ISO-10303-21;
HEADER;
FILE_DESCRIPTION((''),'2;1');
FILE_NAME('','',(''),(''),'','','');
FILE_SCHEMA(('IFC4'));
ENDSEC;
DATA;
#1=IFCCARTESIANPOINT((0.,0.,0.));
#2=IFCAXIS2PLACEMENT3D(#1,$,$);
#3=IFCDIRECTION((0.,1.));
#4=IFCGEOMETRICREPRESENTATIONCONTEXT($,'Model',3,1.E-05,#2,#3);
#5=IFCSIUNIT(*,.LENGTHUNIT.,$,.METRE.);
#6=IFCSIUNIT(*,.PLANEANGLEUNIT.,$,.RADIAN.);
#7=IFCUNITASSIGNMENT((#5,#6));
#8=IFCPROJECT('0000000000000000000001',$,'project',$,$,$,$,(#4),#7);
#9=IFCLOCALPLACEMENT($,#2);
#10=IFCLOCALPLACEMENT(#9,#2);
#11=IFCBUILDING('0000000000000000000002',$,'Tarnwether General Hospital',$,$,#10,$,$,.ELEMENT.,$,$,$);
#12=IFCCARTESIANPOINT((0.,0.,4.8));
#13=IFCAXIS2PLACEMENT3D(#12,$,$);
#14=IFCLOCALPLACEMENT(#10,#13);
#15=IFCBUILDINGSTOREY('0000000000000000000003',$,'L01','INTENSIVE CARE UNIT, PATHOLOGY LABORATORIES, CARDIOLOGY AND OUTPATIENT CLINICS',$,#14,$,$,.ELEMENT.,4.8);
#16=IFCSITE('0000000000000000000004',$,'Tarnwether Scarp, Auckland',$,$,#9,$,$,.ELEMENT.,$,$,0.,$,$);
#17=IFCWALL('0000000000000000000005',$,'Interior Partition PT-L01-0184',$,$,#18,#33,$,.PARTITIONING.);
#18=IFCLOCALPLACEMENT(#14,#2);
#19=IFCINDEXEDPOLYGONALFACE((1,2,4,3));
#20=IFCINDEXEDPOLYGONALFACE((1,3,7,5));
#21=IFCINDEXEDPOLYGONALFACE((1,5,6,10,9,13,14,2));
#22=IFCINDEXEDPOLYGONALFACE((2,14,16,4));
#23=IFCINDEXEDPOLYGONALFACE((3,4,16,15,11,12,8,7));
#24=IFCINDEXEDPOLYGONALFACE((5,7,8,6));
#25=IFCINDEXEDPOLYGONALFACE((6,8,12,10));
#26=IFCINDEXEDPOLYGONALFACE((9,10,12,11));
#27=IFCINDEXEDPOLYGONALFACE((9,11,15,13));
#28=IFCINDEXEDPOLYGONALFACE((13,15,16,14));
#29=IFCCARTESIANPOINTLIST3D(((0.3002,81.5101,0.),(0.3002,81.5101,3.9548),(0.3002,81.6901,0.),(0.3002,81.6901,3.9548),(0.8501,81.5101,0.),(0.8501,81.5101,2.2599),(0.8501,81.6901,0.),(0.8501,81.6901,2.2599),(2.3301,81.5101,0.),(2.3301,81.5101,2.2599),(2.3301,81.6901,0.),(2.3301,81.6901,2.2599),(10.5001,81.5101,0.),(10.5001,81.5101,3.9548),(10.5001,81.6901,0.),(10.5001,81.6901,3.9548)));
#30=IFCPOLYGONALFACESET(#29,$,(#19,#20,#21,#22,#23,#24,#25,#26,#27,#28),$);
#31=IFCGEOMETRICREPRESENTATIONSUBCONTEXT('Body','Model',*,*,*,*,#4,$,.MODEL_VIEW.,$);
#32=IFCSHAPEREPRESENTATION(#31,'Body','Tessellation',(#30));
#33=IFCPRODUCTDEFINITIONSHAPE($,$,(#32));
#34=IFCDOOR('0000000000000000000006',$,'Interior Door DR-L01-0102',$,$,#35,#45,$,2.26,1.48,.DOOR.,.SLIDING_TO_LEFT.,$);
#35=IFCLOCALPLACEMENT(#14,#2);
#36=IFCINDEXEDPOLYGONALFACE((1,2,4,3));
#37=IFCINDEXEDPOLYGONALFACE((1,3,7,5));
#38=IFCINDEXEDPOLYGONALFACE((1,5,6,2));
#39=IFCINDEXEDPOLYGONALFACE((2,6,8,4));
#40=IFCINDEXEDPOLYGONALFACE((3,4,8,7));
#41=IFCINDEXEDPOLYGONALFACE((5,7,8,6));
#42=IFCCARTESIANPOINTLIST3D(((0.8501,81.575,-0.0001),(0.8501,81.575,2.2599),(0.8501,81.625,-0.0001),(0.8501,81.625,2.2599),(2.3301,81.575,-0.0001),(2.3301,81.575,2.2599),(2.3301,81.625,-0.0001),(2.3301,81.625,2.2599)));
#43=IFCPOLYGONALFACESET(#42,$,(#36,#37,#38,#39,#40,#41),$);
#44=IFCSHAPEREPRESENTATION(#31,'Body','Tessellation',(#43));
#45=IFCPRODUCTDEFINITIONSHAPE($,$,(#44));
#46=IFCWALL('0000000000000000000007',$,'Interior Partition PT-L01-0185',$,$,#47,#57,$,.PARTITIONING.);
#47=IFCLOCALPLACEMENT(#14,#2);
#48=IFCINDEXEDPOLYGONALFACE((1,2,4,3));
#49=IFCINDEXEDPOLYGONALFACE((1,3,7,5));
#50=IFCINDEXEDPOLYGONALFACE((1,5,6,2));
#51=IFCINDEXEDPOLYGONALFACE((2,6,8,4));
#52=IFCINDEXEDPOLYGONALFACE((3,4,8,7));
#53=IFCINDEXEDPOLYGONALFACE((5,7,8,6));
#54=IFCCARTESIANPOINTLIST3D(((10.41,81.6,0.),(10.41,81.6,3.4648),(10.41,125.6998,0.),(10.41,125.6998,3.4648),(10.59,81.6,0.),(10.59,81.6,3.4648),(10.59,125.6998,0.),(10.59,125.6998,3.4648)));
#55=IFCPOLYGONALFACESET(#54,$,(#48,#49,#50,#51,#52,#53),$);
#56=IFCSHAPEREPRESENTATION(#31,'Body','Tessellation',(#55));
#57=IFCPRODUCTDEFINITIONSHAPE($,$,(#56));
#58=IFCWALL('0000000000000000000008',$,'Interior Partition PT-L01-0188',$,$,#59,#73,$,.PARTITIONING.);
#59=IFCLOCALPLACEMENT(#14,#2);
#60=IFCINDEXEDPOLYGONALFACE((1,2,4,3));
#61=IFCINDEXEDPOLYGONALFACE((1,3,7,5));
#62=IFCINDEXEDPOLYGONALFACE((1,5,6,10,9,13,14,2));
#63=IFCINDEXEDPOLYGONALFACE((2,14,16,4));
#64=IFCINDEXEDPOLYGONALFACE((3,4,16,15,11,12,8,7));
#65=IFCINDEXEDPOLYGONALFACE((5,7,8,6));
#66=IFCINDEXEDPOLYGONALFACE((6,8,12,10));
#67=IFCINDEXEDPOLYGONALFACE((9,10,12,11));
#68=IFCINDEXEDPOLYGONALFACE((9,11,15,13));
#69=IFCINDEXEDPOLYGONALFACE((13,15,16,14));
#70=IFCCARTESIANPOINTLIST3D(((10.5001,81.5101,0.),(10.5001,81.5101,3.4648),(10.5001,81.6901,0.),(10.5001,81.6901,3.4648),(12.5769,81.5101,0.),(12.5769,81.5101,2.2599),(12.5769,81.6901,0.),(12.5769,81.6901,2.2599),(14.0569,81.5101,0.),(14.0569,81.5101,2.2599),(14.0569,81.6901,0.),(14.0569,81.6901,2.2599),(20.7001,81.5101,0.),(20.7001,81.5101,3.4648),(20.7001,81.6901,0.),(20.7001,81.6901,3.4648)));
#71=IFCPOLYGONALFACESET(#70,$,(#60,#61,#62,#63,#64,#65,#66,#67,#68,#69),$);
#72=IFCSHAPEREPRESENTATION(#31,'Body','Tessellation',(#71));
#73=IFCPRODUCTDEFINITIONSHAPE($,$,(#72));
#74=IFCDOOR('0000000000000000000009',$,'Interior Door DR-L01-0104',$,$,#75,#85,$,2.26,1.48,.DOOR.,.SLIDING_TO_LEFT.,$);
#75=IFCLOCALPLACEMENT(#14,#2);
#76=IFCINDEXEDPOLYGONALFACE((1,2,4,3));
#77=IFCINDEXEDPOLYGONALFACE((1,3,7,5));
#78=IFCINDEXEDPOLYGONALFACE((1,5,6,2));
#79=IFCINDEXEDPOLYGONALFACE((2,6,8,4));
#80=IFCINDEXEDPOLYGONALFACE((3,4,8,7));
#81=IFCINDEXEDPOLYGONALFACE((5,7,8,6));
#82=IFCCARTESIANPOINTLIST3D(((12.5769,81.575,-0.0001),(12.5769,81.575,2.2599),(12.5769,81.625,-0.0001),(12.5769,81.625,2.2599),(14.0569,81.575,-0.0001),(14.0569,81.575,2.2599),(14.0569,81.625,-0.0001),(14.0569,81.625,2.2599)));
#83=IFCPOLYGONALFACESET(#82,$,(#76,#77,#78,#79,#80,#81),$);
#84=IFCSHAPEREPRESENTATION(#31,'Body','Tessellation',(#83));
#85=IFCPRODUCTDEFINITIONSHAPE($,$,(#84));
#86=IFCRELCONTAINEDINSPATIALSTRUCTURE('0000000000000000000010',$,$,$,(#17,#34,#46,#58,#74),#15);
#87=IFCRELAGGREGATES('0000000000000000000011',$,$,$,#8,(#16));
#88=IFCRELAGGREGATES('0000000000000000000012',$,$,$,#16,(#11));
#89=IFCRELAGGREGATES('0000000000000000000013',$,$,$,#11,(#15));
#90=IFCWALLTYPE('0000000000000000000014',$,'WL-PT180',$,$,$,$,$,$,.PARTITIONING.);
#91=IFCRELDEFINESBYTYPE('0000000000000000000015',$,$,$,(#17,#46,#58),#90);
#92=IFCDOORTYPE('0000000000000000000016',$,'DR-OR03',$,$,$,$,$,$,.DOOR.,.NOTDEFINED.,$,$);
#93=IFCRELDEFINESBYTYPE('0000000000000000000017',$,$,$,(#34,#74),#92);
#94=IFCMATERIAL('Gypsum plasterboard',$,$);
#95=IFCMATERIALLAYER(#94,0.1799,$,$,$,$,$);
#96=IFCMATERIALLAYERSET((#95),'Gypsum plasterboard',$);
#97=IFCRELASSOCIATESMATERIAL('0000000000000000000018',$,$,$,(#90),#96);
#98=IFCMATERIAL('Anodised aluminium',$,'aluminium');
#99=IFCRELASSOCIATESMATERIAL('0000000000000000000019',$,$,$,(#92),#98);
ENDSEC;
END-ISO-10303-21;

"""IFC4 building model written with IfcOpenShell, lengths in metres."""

from ifc_helpers import new_model, si_unit, direction, frame, frame_2d, origin, place, context, subcontext, project, spatial, rectangle, extrude, material, layer, layer_set, type_object, element, fill, save


model = new_model("IFC4")

# Units and contexts
model_context = context("Model", 3, precision=1e-05, world=origin(), true_north=direction((0.0, 1.0)))
body_context = subcontext(model_context, "Body", "Model", "MODEL_VIEW")
ifc_project = project(units=[si_unit("LENGTHUNIT", "METRE"), si_unit("PLANEANGLEUNIT", "RADIAN")], contexts=[model_context])

# Site, building, storey
site_placement = place(None, origin())
site = spatial("IfcSite", under=ifc_project, at=site_placement, Name="Tarnwether Scarp, Auckland", CompositionType="ELEMENT", RefElevation=0.0)
building_placement = place(site_placement, origin())
building = spatial("IfcBuilding", under=site, at=building_placement, Name="Tarnwether General Hospital", CompositionType="ELEMENT")
storey_placement = place(building_placement, frame((0.0, 0.0, 4.8)))
storey = spatial("IfcBuildingStorey", under=building, at=storey_placement, Name="L01", Description="INTENSIVE CARE UNIT, PATHOLOGY LABORATORIES, CARDIOLOGY AND OUTPATIENT CLINICS", CompositionType="ELEMENT", Elevation=4.8)

# Wall, opening, door
ifc_material_1 = material(Name="Gypsum plasterboard")
ifc_layer_1 = layer(ifc_material_1, 0.1799)
ifc_layer_set_1 = layer_set([ifc_layer_1], Name="Gypsum plasterboard")
wall_type_1 = type_object("IfcWallType", Name="WL-PT180", PredefinedType="PARTITIONING", material=ifc_layer_set_1)
ifc_material_2 = material(Name="Anodised aluminium", Category="aluminium")
door_type_1 = type_object("IfcDoorType", Name="DR-OR03", OperationType="NOTDEFINED", PredefinedType="DOOR", material=ifc_material_2)
wall_1_placement = place(storey_placement, frame((0.3, 81.6001, 0.0), z_axis=(0.0, 0.0, 1.0), x_axis=(1.0, 0.0, 0.0)))
wall_1 = element("IfcWall", 1, at=wall_1_placement, inside=storey, type_object=wall_type_1, Name="Interior Partition PT-L01-0184", PredefinedType="PARTITIONING", context=body_context, shape_type="SweptSolid", body=[
    extrude(rectangle(XDim=10.2, YDim=0.1799, at=frame_2d((5.1001, 0.0))), origin(), (0.0, 0.0, 1.0), 3.9548),
])
opening_1_placement = place(wall_1_placement, frame((0.55, 0.0, 0.0)))
opening_1 = element("IfcOpeningElement", 2, at=opening_1_placement, cuts=wall_1, PredefinedType="OPENING", context=body_context, shape_type="SweptSolid", body=[
    extrude(rectangle(XDim=1.48, YDim=2.26, at=frame_2d((0.74, 1.1299))), frame((0.0, 0.1001, 0.0), z_axis=(0.0, -1.0, 0.0), x_axis=(1.0, 0.0, 0.0)), (0.0, 0.0, 1.0), 0.2),
])
door_1_placement = place(opening_1_placement, origin())
door_1 = element("IfcDoor", 3, at=door_1_placement, inside=storey, type_object=door_type_1, Name="Interior Door DR-L01-0102", OperationType="SLIDING_TO_LEFT", OverallHeight=2.26, OverallWidth=1.48, PredefinedType="DOOR", context=body_context, shape_type="SweptSolid", body=[
    extrude(rectangle(XDim=1.48, YDim=2.26, at=frame_2d((0.74, 1.1299))), frame((0.0, 0.0249, 0.0), z_axis=(0.0, -1.0, 0.0), x_axis=(1.0, 0.0, 0.0)), (0.0, 0.0, 1.0), 0.05),
])
fill(opening_1, door_1)

# Wall
wall_2_placement = place(storey_placement, frame((10.5, 81.6001, 0.0), z_axis=(0.0, 0.0, 1.0), x_axis=(0.0, 1.0, 0.0)))
element("IfcWall", 4, at=wall_2_placement, inside=storey, type_object=wall_type_1, Name="Interior Partition PT-L01-0185", PredefinedType="PARTITIONING", context=body_context, shape_type="SweptSolid", body=[
    extrude(rectangle(XDim=44.0999, YDim=0.1799, at=frame_2d((22.0498, 0.0))), origin(), (0.0, 0.0, 1.0), 3.4648),
])

# Wall, opening, door
wall_3_placement = place(storey_placement, frame((10.5, 81.6001, 0.0), z_axis=(0.0, 0.0, 1.0), x_axis=(1.0, 0.0, 0.0)))
wall_3 = element("IfcWall", 5, at=wall_3_placement, inside=storey, type_object=wall_type_1, Name="Interior Partition PT-L01-0188", PredefinedType="PARTITIONING", context=body_context, shape_type="SweptSolid", body=[
    extrude(rectangle(XDim=10.2, YDim=0.1799, at=frame_2d((5.1001, 0.0))), origin(), (0.0, 0.0, 1.0), 3.4648),
])
opening_2_placement = place(wall_3_placement, frame((2.0769, 0.0, 0.0)))
opening_2 = element("IfcOpeningElement", 6, at=opening_2_placement, cuts=wall_3, PredefinedType="OPENING", context=body_context, shape_type="SweptSolid", body=[
    extrude(rectangle(XDim=1.48, YDim=2.26, at=frame_2d((0.74, 1.1299))), frame((0.0, 0.1001, 0.0), z_axis=(0.0, -1.0, 0.0), x_axis=(1.0, 0.0, 0.0)), (0.0, 0.0, 1.0), 0.2),
])
door_2_placement = place(opening_2_placement, origin())
door_2 = element("IfcDoor", 7, at=door_2_placement, inside=storey, type_object=door_type_1, Name="Interior Door DR-L01-0104", OperationType="SLIDING_TO_LEFT", OverallHeight=2.26, OverallWidth=1.48, PredefinedType="DOOR", context=body_context, shape_type="SweptSolid", body=[
    extrude(rectangle(XDim=1.48, YDim=2.26, at=frame_2d((0.74, 1.1299))), frame((0.0, 0.0249, 0.0), z_axis=(0.0, -1.0, 0.0), x_axis=(1.0, 0.0, 0.0)), (0.0, 0.0, 1.0), 0.05),
])
fill(opening_2, door_2)

save(model, "model.ifc")
